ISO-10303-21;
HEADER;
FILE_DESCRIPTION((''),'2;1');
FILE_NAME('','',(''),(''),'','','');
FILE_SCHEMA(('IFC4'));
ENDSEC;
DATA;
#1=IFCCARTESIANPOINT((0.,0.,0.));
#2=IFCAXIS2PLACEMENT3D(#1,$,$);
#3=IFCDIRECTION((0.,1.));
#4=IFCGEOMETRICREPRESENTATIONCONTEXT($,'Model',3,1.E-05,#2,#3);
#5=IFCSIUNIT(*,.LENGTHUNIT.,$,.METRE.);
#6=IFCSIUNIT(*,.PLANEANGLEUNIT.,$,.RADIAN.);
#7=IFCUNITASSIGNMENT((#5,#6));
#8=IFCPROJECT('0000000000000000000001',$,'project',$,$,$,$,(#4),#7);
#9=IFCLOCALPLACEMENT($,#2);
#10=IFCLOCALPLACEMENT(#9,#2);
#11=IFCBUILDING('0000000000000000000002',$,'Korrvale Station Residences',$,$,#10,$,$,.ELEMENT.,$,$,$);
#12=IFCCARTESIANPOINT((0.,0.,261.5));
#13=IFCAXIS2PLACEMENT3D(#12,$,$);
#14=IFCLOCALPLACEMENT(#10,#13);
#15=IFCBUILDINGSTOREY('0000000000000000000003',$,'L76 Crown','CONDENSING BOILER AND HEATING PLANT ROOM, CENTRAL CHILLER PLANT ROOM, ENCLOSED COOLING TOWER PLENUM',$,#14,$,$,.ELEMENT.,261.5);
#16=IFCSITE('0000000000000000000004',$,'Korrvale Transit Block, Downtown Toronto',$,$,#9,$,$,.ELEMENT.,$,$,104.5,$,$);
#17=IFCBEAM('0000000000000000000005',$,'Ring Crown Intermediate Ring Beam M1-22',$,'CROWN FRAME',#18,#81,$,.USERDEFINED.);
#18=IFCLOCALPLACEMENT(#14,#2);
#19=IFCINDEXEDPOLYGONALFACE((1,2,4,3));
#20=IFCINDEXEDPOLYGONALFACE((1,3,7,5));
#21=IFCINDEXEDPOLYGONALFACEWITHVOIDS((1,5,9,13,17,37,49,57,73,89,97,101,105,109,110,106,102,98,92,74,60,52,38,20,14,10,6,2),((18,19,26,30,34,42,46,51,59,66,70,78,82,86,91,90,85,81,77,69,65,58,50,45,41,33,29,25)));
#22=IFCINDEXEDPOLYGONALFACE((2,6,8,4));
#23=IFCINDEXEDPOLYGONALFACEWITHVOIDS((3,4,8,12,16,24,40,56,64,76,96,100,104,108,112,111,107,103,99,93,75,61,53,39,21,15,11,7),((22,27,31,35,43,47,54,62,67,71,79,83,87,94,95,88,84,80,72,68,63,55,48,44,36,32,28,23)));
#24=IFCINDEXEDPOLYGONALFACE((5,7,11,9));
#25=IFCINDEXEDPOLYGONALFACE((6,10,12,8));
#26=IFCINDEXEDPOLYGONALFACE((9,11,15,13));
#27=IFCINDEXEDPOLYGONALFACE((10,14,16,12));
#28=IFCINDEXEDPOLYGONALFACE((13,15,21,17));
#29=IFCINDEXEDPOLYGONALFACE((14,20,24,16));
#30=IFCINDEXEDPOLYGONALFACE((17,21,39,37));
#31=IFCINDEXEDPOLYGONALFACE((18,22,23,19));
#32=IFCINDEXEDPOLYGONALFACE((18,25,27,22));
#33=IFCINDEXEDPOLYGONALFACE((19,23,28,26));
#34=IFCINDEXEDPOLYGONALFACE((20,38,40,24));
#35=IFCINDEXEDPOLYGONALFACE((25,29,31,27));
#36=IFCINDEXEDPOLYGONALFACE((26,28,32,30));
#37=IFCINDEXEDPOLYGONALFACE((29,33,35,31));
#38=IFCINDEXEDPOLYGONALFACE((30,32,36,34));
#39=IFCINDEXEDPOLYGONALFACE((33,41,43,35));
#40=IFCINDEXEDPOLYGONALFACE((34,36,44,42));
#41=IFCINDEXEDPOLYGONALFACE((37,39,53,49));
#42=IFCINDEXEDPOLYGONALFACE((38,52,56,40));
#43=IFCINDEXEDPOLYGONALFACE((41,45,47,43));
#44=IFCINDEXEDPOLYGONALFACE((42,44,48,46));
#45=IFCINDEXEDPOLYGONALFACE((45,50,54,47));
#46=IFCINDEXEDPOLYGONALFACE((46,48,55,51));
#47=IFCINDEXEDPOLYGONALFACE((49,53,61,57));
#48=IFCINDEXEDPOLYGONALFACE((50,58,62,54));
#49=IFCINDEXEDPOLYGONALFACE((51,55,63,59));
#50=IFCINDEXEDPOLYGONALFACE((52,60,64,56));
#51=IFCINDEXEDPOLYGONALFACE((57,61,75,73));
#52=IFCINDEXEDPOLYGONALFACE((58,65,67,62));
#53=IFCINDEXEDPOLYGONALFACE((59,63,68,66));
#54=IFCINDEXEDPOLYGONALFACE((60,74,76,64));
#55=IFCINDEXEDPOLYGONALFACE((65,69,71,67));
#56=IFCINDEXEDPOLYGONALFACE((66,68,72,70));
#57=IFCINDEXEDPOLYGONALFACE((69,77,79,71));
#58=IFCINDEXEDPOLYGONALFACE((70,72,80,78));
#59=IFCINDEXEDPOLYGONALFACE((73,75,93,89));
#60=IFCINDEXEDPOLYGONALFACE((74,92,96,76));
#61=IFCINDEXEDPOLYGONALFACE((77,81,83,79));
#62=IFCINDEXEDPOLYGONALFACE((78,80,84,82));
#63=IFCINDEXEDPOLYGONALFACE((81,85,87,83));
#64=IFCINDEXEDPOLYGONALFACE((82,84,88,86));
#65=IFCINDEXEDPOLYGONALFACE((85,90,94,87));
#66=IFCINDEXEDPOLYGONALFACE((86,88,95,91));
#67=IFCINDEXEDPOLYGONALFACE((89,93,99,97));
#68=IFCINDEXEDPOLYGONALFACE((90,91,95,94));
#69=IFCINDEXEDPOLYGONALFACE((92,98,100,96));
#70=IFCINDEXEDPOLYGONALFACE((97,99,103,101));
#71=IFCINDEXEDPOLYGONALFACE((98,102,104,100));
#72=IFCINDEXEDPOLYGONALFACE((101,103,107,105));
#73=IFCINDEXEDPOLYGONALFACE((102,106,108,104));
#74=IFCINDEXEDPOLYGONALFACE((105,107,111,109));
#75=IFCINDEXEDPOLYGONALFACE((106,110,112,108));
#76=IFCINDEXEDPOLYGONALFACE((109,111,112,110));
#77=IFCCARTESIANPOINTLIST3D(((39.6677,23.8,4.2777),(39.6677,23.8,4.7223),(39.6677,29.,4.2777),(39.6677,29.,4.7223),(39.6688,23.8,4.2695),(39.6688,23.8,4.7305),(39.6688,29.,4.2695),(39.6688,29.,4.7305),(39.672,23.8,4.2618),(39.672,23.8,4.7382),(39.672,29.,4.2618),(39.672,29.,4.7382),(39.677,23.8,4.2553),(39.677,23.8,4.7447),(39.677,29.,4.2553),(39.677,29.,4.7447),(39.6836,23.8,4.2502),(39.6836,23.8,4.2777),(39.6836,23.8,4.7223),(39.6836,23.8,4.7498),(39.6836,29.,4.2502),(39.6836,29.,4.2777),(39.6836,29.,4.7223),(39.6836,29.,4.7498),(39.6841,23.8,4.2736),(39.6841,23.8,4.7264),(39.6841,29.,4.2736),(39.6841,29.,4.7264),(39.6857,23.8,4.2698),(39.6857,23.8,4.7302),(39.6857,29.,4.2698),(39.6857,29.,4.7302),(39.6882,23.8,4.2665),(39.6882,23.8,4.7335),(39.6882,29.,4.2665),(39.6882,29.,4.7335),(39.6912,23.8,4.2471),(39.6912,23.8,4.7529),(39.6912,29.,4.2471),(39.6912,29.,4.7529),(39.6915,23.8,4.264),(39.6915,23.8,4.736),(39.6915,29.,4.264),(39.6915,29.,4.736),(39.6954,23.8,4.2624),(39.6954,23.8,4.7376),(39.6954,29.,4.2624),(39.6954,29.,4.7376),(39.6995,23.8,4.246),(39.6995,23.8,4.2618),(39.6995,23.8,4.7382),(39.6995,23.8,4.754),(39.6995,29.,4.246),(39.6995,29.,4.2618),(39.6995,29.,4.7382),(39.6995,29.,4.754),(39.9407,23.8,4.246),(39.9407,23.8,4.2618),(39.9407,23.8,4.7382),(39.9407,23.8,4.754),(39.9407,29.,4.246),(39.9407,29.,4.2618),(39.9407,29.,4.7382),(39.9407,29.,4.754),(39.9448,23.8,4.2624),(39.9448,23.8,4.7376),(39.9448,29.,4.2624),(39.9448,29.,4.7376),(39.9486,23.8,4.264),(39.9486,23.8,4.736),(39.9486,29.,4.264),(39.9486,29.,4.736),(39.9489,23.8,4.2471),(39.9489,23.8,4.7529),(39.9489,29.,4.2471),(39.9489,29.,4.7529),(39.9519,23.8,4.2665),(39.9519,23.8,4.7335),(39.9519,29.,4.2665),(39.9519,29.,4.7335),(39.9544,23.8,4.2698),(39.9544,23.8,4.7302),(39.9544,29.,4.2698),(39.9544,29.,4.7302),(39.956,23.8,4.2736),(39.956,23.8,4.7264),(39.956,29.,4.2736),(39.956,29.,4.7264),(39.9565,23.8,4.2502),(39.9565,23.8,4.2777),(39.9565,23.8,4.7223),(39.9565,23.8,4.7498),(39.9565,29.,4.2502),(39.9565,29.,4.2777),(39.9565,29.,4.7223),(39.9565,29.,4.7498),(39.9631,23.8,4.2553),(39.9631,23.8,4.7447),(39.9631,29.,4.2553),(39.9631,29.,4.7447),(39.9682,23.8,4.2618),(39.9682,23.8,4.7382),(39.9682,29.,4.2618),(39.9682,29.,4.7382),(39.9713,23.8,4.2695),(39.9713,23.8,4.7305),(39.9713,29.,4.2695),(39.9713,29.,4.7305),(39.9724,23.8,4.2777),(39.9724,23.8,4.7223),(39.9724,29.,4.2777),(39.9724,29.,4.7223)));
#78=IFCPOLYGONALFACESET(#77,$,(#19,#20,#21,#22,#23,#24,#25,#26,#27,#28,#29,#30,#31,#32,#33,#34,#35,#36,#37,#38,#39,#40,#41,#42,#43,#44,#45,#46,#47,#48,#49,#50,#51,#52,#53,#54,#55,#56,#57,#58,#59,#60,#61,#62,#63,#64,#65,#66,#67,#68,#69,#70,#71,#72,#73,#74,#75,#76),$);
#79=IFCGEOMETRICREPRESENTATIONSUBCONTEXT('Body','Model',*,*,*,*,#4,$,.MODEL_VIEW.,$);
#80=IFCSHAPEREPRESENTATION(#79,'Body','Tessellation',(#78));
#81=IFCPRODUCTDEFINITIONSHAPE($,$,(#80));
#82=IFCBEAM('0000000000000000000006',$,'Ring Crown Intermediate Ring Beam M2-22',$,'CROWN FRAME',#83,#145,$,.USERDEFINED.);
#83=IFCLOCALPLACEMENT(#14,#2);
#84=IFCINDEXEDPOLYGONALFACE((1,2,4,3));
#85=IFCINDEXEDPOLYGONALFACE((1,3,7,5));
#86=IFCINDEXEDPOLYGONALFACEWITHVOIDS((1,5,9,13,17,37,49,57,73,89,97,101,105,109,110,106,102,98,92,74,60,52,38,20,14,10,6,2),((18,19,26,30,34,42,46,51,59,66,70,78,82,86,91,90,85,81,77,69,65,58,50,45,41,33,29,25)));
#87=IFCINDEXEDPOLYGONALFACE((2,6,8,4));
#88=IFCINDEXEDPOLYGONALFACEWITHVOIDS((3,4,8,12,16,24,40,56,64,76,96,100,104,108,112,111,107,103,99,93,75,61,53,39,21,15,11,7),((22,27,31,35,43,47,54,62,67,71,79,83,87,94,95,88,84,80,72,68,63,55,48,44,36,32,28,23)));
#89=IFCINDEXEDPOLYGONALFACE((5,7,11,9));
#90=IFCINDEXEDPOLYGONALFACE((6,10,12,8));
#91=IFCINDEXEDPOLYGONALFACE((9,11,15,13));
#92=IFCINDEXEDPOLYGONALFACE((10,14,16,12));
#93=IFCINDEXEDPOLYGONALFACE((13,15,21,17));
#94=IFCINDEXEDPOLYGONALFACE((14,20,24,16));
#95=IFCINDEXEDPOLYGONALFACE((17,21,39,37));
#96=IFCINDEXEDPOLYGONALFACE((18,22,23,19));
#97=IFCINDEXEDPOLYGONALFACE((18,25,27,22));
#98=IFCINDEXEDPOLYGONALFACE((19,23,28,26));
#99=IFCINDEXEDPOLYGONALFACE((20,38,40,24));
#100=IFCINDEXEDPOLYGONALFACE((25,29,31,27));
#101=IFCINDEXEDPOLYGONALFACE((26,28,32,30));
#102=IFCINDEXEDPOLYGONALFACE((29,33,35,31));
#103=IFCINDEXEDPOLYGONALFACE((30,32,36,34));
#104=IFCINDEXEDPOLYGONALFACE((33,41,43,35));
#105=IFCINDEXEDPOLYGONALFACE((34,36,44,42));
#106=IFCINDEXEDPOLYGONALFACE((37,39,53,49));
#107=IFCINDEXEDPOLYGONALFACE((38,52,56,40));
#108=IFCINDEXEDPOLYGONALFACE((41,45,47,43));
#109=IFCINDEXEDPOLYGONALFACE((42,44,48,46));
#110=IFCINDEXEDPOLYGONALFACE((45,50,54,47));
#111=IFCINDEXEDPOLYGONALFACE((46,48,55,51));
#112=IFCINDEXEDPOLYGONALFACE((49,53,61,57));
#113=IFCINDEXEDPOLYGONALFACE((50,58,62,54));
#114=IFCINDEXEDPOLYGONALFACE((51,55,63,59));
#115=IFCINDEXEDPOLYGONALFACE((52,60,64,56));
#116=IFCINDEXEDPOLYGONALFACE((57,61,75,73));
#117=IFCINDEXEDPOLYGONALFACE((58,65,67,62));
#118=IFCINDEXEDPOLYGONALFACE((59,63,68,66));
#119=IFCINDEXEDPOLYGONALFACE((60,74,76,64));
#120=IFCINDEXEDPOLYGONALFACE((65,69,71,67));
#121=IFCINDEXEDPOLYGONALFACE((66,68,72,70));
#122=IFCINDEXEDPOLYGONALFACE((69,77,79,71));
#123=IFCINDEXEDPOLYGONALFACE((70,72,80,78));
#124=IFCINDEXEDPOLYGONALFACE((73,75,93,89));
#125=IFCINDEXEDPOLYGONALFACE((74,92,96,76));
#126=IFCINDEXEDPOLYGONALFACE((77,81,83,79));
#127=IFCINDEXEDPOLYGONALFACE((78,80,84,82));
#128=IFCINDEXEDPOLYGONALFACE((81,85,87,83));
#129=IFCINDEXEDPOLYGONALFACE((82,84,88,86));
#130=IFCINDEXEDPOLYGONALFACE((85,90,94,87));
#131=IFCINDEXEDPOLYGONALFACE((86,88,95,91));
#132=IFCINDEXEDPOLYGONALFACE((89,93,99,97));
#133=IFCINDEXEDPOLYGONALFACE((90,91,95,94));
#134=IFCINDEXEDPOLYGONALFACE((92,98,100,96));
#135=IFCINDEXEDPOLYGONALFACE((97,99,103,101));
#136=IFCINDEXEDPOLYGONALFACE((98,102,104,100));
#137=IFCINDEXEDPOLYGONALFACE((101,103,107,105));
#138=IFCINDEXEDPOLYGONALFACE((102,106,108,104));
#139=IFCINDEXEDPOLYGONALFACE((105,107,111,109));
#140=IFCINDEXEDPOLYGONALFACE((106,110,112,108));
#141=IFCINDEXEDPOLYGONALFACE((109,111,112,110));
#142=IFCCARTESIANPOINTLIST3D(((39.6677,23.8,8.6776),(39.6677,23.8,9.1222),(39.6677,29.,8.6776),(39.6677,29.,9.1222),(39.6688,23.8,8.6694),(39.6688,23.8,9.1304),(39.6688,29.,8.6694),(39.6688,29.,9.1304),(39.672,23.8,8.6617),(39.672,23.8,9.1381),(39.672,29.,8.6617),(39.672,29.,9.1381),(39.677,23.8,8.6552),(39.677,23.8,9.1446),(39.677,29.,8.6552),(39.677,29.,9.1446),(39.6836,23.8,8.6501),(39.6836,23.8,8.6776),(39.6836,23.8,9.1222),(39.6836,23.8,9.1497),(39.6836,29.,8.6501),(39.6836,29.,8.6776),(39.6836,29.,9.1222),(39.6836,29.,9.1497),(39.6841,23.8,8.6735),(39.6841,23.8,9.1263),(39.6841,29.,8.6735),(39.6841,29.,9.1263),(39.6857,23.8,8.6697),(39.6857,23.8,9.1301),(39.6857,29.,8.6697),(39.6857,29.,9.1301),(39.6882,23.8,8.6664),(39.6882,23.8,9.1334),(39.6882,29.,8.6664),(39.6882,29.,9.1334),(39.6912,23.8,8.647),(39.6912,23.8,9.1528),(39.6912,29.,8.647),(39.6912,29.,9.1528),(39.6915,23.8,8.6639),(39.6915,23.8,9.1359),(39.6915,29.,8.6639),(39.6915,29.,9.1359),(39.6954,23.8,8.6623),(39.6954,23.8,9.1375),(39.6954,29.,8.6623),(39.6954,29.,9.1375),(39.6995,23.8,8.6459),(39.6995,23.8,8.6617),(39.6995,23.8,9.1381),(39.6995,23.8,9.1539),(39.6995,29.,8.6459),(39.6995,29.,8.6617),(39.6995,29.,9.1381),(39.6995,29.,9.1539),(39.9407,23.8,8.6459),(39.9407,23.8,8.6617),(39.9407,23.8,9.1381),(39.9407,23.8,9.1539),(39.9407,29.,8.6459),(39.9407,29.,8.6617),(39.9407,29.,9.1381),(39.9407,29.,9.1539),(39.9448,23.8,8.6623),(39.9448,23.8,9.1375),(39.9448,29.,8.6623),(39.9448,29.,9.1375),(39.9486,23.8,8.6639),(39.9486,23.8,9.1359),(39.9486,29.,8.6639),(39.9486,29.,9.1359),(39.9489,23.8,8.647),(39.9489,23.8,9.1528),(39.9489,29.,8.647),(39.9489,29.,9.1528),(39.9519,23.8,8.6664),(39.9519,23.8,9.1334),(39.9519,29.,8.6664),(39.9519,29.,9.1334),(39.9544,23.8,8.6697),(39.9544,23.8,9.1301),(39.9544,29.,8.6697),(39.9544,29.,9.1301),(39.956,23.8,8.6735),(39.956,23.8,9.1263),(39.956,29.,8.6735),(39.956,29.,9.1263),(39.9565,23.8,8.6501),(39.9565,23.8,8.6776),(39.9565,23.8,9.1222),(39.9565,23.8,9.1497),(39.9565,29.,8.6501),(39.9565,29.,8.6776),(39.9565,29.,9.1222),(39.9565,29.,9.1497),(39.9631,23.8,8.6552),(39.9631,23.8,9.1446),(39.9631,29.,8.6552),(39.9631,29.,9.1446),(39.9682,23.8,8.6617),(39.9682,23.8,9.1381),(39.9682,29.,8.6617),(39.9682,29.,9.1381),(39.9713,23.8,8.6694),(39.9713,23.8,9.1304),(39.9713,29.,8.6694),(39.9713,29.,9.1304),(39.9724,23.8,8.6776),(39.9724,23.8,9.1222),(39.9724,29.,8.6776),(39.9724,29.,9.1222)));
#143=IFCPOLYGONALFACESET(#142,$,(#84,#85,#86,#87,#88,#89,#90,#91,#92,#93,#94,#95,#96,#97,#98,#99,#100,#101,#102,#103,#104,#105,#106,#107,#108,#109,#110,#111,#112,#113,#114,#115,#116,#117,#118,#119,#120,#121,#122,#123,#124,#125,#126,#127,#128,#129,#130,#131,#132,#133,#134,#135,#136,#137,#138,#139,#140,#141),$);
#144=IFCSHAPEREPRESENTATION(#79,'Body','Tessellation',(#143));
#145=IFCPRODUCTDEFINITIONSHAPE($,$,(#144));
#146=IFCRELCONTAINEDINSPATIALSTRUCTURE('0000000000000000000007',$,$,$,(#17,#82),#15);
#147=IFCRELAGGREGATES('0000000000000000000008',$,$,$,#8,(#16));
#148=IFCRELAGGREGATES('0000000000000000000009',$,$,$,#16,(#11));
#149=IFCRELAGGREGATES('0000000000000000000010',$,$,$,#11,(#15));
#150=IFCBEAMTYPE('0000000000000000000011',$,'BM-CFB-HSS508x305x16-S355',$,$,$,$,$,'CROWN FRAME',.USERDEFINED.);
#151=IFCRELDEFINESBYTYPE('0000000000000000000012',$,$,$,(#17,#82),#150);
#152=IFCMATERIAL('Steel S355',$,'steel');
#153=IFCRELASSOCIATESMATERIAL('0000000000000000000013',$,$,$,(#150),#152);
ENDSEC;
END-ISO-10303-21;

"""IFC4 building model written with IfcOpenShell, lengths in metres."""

from ifc_helpers import new_model, si_unit, direction, frame, origin, origin_2d, place, context, subcontext, project, spatial, hollow_rectangle, extrude, material, material_profile, profile_set, type_object, element, save


model = new_model("IFC4")

# Units and contexts
model_context = context("Model", 3, precision=1e-05, world=origin(), true_north=direction((0.0, 1.0)))
body_context = subcontext(model_context, "Body", "Model", "MODEL_VIEW")
ifc_project = project(units=[si_unit("LENGTHUNIT", "METRE"), si_unit("PLANEANGLEUNIT", "RADIAN")], contexts=[model_context])

# Site, building, storey
site_placement = place(None, origin())
site = spatial("IfcSite", under=ifc_project, at=site_placement, Name="Korrvale Transit Block, Downtown Toronto", CompositionType="ELEMENT", RefElevation=104.5)
building_placement = place(site_placement, origin())
building = spatial("IfcBuilding", under=site, at=building_placement, Name="Korrvale Station Residences", CompositionType="ELEMENT")
storey_placement = place(building_placement, frame((0.0, 0.0, 261.5)))
storey = spatial("IfcBuildingStorey", under=building, at=storey_placement, Name="L76 Crown", Description="CONDENSING BOILER AND HEATING PLANT ROOM, CENTRAL CHILLER PLANT ROOM, ENCLOSED COOLING TOWER PLENUM", CompositionType="ELEMENT", Elevation=261.5)

# Shared definitions
ifc_material_1 = material(Name="Steel S355", Category="steel")

# Beams
ifc_material_profile_1 = material_profile(ifc_material_1, hollow_rectangle(XDim=0.3047, YDim=0.5081, WallThickness=0.0159, InnerFilletRadius=0.0159, OuterFilletRadius=0.0317, at=origin_2d()), Name="HSS508x305x16")
ifc_profile_set_1 = profile_set([ifc_material_profile_1], Name="Steel S355")
beam_type = type_object("IfcBeamType", Name="BM-CFB-HSS508x305x16-S355", ElementType="CROWN FRAME", PredefinedType="USERDEFINED", material=ifc_profile_set_1)
for number, where, z_axis, x_axis, name in (
    (1, (39.8201, 23.8, 4.5), (0.0, 1.0, 0.0), (-1.0, 0.0, 0.0), "Ring Crown Intermediate Ring Beam M1-22"),
    (2, (39.8201, 23.8, 8.8999), (0.0, 1.0, 0.0), (-1.0, 0.0, 0.0), "Ring Crown Intermediate Ring Beam M2-22"),
):
    element("IfcBeam", number, at=place(storey_placement, frame(where, z_axis=z_axis, x_axis=x_axis)), inside=storey, type_object=beam_type, Name=name, ObjectType="CROWN FRAME", PredefinedType="USERDEFINED", context=body_context, shape_type="SweptSolid", body=[
        extrude(hollow_rectangle(XDim=0.3047, YDim=0.5081, WallThickness=0.0159, InnerFilletRadius=0.0159, OuterFilletRadius=0.0317, at=origin_2d()), origin(), (0.0, 0.0, 1.0), 5.2),
    ])

save(model, "model.ifc")
